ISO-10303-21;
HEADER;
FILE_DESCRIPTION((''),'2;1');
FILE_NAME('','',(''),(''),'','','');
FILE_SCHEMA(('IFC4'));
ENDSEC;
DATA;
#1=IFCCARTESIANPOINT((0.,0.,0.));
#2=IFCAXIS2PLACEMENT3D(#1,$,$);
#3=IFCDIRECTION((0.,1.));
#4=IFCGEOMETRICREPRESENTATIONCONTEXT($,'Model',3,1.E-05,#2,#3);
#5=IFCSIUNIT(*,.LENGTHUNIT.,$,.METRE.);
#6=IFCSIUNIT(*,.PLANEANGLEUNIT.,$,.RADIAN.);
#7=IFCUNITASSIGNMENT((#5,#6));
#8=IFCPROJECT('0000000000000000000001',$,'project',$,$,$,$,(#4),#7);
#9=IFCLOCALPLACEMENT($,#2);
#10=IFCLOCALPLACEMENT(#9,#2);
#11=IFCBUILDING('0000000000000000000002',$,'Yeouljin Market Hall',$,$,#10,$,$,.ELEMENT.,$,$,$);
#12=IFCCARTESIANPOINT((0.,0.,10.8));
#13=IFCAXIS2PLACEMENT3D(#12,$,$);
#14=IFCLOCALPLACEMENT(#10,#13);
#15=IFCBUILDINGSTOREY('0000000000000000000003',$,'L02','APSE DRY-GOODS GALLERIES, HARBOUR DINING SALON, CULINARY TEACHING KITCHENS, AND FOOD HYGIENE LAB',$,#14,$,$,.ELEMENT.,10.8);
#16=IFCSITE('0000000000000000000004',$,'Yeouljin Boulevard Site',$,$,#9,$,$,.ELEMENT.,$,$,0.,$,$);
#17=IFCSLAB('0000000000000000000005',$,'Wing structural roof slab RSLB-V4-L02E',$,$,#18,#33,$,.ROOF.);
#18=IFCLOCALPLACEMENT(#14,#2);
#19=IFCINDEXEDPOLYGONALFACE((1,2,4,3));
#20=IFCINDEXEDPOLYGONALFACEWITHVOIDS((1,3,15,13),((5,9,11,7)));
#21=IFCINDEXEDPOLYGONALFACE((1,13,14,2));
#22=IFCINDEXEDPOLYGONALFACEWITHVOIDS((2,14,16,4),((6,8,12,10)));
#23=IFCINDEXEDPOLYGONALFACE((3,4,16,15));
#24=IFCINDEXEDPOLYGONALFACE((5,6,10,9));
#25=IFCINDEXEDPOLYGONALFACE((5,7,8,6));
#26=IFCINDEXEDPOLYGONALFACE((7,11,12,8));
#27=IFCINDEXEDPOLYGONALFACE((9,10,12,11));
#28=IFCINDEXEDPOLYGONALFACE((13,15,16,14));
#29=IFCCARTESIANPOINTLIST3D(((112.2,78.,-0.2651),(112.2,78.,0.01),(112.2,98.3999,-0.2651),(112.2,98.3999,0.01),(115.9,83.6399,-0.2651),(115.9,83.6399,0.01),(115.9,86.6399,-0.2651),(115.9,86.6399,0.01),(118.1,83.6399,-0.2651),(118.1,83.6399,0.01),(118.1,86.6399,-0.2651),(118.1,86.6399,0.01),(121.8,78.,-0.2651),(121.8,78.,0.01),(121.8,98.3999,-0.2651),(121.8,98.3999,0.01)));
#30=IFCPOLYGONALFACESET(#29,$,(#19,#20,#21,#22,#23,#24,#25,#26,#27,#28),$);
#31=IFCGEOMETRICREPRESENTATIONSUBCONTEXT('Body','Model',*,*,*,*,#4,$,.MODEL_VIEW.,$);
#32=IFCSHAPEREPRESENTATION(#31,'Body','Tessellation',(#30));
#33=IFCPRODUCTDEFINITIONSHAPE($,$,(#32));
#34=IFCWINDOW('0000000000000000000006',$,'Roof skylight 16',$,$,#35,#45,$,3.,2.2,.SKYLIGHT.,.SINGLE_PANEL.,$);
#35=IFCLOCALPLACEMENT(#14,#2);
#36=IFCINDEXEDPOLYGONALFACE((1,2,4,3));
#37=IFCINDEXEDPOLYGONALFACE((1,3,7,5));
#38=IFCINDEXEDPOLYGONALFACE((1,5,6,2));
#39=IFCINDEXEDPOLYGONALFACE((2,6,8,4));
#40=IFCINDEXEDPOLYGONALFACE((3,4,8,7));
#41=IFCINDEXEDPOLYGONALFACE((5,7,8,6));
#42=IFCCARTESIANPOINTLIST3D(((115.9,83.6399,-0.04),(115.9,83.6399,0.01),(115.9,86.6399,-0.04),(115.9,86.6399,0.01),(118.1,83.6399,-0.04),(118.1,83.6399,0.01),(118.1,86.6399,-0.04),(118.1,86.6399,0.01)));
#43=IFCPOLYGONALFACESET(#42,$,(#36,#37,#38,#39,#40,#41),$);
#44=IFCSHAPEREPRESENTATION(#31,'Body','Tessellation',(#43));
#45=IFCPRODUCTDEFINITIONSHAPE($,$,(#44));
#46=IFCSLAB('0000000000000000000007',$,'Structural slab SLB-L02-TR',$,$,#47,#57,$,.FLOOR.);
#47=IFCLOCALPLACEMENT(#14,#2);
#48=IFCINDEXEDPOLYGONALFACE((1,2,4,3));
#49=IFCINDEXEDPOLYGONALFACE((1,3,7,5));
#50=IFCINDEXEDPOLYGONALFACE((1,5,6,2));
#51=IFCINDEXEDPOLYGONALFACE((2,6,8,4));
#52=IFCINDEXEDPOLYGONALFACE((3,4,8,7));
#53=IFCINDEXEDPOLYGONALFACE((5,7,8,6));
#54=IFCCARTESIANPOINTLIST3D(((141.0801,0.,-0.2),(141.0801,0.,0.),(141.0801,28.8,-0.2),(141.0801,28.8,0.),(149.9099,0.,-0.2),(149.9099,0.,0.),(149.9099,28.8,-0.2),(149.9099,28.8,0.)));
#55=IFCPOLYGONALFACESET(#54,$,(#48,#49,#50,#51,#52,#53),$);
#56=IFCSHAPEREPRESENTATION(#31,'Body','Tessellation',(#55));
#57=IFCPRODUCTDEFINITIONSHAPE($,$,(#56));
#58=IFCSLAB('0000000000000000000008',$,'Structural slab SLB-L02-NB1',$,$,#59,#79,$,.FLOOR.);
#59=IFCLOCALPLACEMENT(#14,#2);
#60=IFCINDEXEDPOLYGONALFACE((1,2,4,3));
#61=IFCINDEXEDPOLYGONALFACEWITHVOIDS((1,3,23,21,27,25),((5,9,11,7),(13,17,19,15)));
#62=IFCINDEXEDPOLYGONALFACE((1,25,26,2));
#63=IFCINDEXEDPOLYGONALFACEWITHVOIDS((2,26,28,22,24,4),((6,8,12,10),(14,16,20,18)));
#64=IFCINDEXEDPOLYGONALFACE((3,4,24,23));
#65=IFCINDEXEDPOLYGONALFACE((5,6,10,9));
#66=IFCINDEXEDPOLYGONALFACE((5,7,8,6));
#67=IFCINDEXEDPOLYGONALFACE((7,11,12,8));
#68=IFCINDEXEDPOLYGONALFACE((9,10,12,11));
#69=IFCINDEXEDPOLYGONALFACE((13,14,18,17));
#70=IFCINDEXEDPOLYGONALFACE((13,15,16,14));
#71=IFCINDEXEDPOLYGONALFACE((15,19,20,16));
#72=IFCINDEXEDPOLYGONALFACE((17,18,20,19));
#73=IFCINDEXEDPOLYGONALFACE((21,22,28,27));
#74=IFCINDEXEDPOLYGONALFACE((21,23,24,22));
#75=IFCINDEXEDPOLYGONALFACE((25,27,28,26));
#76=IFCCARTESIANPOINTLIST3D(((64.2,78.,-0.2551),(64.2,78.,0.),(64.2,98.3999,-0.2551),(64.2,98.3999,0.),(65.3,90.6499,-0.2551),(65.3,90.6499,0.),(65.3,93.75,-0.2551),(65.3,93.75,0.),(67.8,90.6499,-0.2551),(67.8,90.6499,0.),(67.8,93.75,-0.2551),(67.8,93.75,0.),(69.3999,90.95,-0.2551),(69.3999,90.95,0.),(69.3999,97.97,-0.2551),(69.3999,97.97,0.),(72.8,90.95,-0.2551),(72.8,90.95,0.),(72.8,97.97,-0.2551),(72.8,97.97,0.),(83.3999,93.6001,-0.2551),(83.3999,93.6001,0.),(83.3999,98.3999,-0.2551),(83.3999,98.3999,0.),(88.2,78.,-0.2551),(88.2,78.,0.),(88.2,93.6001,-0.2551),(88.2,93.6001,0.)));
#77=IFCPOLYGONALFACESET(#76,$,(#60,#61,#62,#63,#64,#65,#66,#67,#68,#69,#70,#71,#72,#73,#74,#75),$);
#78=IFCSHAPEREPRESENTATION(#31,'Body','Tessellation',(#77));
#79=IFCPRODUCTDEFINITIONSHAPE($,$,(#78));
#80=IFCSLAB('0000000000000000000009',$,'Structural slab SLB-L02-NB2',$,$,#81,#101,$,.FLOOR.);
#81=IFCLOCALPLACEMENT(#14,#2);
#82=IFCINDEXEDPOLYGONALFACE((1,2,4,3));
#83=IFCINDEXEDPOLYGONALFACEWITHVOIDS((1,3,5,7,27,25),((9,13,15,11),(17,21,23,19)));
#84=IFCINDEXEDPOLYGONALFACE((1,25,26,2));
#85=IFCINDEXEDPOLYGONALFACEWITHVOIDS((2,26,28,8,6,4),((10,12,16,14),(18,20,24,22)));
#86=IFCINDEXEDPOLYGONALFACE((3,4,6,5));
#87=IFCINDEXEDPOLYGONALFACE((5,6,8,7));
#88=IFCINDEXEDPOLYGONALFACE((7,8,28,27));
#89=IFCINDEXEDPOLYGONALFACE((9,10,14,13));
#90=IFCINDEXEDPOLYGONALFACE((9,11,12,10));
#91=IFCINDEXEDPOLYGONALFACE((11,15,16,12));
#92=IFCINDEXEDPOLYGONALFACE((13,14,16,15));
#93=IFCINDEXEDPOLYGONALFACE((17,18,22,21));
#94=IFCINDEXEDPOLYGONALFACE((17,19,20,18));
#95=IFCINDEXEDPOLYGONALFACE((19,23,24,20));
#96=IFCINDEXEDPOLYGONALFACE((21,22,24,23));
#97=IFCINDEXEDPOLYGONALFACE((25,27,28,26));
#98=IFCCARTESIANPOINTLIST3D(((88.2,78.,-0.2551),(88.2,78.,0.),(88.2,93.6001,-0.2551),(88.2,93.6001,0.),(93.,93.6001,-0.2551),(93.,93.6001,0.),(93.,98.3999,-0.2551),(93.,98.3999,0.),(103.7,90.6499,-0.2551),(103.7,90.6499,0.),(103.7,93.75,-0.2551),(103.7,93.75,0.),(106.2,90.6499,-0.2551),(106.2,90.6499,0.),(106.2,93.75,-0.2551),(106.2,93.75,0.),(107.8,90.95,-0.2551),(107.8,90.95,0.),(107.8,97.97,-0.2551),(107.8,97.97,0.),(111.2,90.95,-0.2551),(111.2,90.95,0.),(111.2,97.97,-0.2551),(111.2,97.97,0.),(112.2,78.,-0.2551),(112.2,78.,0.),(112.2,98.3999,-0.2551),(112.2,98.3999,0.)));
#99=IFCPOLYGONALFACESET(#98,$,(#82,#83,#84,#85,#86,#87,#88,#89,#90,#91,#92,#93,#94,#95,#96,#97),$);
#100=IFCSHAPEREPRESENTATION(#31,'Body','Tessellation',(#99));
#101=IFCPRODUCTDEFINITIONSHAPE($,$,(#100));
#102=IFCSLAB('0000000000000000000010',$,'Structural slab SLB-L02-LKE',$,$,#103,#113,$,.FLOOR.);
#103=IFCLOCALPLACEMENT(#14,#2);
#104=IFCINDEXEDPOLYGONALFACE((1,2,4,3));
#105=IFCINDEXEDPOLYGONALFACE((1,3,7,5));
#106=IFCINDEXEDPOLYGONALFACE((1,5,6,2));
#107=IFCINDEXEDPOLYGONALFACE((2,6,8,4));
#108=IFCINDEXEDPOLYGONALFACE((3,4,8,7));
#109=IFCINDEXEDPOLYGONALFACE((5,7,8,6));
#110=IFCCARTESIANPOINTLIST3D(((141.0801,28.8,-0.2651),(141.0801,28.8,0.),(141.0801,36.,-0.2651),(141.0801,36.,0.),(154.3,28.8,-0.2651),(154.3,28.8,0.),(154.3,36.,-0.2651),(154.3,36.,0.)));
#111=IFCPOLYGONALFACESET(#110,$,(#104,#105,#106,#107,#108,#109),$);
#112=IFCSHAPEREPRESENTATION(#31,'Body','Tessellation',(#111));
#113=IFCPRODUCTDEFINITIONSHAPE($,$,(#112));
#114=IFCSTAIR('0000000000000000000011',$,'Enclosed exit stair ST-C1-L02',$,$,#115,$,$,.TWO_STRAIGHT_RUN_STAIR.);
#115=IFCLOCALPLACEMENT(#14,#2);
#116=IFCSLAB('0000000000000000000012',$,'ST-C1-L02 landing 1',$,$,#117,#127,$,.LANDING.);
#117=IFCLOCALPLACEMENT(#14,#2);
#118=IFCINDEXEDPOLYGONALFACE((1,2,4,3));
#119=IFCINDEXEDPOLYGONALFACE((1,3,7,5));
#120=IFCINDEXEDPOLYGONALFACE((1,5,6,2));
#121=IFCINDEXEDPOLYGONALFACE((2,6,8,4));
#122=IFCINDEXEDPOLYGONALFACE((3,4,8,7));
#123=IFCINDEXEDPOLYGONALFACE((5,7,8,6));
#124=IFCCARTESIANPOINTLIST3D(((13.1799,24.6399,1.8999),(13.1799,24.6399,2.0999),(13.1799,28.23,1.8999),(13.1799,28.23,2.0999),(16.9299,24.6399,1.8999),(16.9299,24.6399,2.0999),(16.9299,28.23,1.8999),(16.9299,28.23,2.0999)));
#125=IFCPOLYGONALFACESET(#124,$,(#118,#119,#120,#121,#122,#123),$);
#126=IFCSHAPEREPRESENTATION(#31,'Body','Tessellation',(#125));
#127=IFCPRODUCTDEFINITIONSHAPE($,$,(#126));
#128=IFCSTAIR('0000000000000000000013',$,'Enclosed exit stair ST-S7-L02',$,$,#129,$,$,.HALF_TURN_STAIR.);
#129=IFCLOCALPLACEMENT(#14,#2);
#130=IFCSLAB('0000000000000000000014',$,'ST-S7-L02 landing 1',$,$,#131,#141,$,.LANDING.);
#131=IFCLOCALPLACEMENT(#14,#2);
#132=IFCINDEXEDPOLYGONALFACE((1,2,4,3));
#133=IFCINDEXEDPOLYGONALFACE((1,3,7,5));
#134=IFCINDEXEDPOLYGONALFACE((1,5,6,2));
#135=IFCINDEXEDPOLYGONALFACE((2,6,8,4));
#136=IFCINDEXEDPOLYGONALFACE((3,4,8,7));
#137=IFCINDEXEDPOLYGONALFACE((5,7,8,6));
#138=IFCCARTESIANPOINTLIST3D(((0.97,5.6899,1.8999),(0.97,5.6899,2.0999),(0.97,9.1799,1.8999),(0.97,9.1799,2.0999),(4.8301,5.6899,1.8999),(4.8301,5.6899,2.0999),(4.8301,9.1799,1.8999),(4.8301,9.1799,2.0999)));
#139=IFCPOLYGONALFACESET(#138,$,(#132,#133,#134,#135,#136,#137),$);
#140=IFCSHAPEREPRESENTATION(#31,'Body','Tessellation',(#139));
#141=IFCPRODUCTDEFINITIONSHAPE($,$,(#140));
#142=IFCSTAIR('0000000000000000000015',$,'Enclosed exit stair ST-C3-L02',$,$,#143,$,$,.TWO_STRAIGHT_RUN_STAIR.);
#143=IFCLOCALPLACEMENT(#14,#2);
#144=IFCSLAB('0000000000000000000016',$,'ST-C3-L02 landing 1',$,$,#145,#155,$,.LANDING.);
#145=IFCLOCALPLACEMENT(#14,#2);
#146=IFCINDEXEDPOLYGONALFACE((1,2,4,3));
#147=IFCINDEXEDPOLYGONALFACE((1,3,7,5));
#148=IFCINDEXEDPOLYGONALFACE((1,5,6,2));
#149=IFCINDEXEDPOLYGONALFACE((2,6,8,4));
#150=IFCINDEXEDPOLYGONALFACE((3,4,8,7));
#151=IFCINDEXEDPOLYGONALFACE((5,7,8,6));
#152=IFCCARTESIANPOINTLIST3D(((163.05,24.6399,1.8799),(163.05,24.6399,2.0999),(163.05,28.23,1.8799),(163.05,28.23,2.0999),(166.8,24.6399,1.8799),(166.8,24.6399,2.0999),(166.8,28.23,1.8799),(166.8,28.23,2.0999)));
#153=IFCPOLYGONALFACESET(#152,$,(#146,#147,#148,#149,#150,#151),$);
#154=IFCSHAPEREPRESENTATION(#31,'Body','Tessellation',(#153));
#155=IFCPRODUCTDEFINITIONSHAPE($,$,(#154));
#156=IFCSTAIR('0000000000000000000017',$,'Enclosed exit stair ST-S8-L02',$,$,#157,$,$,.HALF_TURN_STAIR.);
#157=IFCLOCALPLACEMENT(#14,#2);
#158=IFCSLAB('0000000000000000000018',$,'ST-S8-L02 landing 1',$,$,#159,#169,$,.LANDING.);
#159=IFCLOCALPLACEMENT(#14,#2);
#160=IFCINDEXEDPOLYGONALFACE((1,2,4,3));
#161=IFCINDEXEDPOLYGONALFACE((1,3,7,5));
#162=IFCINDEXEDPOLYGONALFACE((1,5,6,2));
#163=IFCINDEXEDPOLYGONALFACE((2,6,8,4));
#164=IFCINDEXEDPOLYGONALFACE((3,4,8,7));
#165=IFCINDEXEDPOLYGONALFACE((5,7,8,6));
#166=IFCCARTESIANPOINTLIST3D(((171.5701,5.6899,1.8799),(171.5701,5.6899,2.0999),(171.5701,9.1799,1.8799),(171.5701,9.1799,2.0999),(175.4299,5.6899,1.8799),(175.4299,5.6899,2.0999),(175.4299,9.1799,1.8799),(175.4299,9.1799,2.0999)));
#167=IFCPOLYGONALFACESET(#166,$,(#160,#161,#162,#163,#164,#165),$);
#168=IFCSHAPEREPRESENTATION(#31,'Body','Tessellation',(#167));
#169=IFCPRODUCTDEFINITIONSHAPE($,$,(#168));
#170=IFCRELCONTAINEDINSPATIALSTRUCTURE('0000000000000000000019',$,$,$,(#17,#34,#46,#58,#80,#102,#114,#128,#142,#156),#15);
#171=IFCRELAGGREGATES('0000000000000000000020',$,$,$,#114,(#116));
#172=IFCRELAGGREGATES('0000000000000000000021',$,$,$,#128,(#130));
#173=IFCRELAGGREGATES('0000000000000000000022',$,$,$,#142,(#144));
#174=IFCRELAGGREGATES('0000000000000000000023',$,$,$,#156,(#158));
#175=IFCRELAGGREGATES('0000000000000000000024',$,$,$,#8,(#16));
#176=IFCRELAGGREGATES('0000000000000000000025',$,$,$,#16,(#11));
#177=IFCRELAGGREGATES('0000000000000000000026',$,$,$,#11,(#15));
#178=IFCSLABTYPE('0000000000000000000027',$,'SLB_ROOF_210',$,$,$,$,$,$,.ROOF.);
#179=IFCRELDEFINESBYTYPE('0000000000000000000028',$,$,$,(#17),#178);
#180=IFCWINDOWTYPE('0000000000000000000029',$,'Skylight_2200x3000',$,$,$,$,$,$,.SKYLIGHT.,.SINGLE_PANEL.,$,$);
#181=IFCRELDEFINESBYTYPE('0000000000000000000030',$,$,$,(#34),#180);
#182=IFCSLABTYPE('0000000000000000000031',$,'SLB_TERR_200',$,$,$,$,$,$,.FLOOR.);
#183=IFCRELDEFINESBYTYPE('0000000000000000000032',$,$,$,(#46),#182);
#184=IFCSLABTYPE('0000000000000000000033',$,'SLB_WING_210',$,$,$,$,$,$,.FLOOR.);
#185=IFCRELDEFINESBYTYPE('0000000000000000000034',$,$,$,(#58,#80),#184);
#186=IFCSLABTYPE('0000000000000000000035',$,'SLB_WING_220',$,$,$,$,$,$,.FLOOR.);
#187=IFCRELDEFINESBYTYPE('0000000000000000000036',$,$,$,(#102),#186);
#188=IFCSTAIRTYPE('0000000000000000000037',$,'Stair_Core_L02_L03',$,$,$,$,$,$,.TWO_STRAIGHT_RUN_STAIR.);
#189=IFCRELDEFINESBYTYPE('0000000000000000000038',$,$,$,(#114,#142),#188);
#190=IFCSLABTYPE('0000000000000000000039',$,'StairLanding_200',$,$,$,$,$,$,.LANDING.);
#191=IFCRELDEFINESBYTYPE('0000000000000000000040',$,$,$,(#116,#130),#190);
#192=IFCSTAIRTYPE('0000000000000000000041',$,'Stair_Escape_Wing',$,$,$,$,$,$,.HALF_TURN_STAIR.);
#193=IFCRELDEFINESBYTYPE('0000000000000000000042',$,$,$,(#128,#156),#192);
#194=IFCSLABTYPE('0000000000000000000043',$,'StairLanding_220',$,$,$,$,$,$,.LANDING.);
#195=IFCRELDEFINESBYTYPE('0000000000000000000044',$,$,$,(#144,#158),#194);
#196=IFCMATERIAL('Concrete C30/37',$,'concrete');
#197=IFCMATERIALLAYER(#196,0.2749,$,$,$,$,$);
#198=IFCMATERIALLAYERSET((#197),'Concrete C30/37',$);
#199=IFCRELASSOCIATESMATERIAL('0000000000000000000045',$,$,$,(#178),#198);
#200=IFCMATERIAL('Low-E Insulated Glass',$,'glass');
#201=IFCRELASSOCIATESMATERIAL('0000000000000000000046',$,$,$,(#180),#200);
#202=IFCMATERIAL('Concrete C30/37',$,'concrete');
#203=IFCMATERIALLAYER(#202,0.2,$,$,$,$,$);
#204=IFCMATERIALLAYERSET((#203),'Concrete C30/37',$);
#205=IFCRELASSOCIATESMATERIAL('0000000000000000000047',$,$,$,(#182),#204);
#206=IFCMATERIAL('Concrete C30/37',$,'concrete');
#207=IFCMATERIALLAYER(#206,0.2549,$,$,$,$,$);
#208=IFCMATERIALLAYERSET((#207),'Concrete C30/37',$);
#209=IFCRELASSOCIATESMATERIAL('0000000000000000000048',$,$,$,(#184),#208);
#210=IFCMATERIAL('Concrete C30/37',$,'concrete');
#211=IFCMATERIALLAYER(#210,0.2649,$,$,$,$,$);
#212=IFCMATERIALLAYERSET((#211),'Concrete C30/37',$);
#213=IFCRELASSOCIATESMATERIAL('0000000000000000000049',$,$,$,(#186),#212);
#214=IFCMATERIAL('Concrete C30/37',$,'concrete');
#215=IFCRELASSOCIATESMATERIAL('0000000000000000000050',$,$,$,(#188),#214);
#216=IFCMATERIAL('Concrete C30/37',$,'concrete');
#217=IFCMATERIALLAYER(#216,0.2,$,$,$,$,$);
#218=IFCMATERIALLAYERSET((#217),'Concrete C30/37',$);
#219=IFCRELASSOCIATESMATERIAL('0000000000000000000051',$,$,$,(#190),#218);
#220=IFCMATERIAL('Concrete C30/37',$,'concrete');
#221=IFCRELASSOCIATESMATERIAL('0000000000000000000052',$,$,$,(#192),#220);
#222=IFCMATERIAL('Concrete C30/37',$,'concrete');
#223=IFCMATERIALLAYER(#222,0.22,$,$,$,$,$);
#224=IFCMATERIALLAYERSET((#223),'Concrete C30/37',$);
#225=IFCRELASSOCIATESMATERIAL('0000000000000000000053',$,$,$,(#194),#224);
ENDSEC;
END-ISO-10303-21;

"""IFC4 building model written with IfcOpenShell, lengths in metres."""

from ifc_helpers import new_model, si_unit, direction, frame, origin, origin_2d, place, context, subcontext, project, spatial, polyline, rectangle, outline, extrude, material, layer, layer_set, type_object, element, fill, aggregate, save


model = new_model("IFC4")

# Units and contexts
model_context = context("Model", 3, precision=1e-05, world=origin(), true_north=direction((0.0, 1.0)))
body_context = subcontext(model_context, "Body", "Model", "MODEL_VIEW")
ifc_project = project(units=[si_unit("LENGTHUNIT", "METRE"), si_unit("PLANEANGLEUNIT", "RADIAN")], contexts=[model_context])

# Site, building, storey
site_placement = place(None, origin())
site = spatial("IfcSite", under=ifc_project, at=site_placement, Name="Yeouljin Boulevard Site", CompositionType="ELEMENT", RefElevation=0.0)
building_placement = place(site_placement, origin())
building = spatial("IfcBuilding", under=site, at=building_placement, Name="Yeouljin Market Hall", CompositionType="ELEMENT")
storey_placement = place(building_placement, frame((0.0, 0.0, 10.8)))
storey = spatial("IfcBuildingStorey", under=building, at=storey_placement, Name="L02", Description="APSE DRY-GOODS GALLERIES, HARBOUR DINING SALON, CULINARY TEACHING KITCHENS, AND FOOD HYGIENE LAB", CompositionType="ELEMENT", Elevation=10.8)

# Slab, opening, window
ifc_material_1 = material(Name="Concrete C30/37", Category="concrete")
ifc_layer_1 = layer(ifc_material_1, 0.2749)
ifc_layer_set_1 = layer_set([ifc_layer_1], Name="Concrete C30/37")
slab_type_1 = type_object("IfcSlabType", Name="SLB_ROOF_210", PredefinedType="ROOF", material=ifc_layer_set_1)
slab_1_placement = place(storey_placement, frame((0.0, 0.0, -0.2651)))
slab_1 = element("IfcSlab", 1, at=slab_1_placement, inside=storey, type_object=slab_type_1, Name="Wing structural roof slab RSLB-V4-L02E", PredefinedType="ROOF", context=body_context, shape_type="SweptSolid", body=[
    extrude(outline(polyline([(112.2, 78.0), (121.8, 78.0), (121.8, 98.3999), (112.2, 98.3999), (112.2, 78.0)])), origin(), (0.0, 0.0, 1.0), 0.2751),
])
opening_1_placement = place(slab_1_placement, frame((117.0, 85.1399, 0.0)))
opening_1 = element("IfcOpeningElement", 2, at=opening_1_placement, cuts=slab_1, PredefinedType="OPENING", context=body_context, shape_type="SweptSolid", body=[
    extrude(rectangle(XDim=2.2, YDim=3.0, at=origin_2d()), origin(), (0.0, 0.0, 1.0), 0.2751),
])
ifc_material_2 = material(Name="Low-E Insulated Glass", Category="glass")
window_type_1 = type_object("IfcWindowType", Name="Skylight_2200x3000", PartitioningType="SINGLE_PANEL", PredefinedType="SKYLIGHT", material=ifc_material_2)
window_1_placement = place(opening_1_placement, frame((0.0, 0.0, 0.2251)))
window_1 = element("IfcWindow", 3, at=window_1_placement, inside=storey, type_object=window_type_1, Name="Roof skylight 16", OverallHeight=3.0, OverallWidth=2.2, PartitioningType="SINGLE_PANEL", PredefinedType="SKYLIGHT", context=body_context, shape_type="SweptSolid", body=[
    extrude(rectangle(XDim=2.2, YDim=3.0, at=origin_2d()), origin(), (0.0, 0.0, 1.0), 0.05),
])
fill(opening_1, window_1)

# Slabs
ifc_material_3 = material(Name="Concrete C30/37", Category="concrete")
ifc_layer_2 = layer(ifc_material_3, 0.2)
ifc_layer_set_2 = layer_set([ifc_layer_2], Name="Concrete C30/37")
slab_type_2 = type_object("IfcSlabType", Name="SLB_TERR_200", PredefinedType="FLOOR", material=ifc_layer_set_2)
slab_2_placement = place(storey_placement, frame((0.0, 0.0, -0.2)))
element("IfcSlab", 4, at=slab_2_placement, inside=storey, type_object=slab_type_2, Name="Structural slab SLB-L02-TR", PredefinedType="FLOOR", context=body_context, shape_type="SweptSolid", body=[
    extrude(outline(polyline([(141.0801, 0.0), (149.9099, 0.0), (149.9099, 28.8), (141.0801, 28.8), (141.0801, 0.0)])), origin(), (0.0, 0.0, 1.0), 0.2),
])
ifc_material_4 = material(Name="Concrete C30/37", Category="concrete")
ifc_layer_3 = layer(ifc_material_4, 0.2549)
ifc_layer_set_3 = layer_set([ifc_layer_3], Name="Concrete C30/37")
slab_type_3 = type_object("IfcSlabType", Name="SLB_WING_210", PredefinedType="FLOOR", material=ifc_layer_set_3)
slab_3_placement = place(storey_placement, frame((0.0, 0.0, -0.2551)))
element("IfcSlab", 5, at=slab_3_placement, inside=storey, type_object=slab_type_3, Name="Structural slab SLB-L02-NB1", PredefinedType="FLOOR", context=body_context, shape_type="SweptSolid", body=[
    extrude(outline(polyline([(64.2, 78.0), (88.2, 78.0), (88.2, 93.6001), (83.3999, 93.6001), (83.3999, 98.3999), (64.2, 98.3999), (64.2, 78.0)]), holes=[polyline([(69.3999, 90.95), (72.8, 90.95), (72.8, 97.97), (69.3999, 97.97), (69.3999, 90.95)]), polyline([(65.3, 90.6499), (67.8, 90.6499), (67.8, 93.75), (65.3, 93.75), (65.3, 90.6499)])]), origin(), (0.0, 0.0, 1.0), 0.2551),
])
slab_4_placement = place(storey_placement, frame((0.0, 0.0, -0.2551)))
element("IfcSlab", 6, at=slab_4_placement, inside=storey, type_object=slab_type_3, Name="Structural slab SLB-L02-NB2", PredefinedType="FLOOR", context=body_context, shape_type="SweptSolid", body=[
    extrude(outline(polyline([(88.2, 78.0), (112.2, 78.0), (112.2, 98.3999), (93.0, 98.3999), (93.0, 93.6001), (88.2, 93.6001), (88.2, 78.0)]), holes=[polyline([(107.8, 90.95), (111.2, 90.95), (111.2, 97.97), (107.8, 97.97), (107.8, 90.95)]), polyline([(103.7, 90.6499), (106.2, 90.6499), (106.2, 93.75), (103.7, 93.75), (103.7, 90.6499)])]), origin(), (0.0, 0.0, 1.0), 0.2551),
])
ifc_material_5 = material(Name="Concrete C30/37", Category="concrete")
ifc_layer_4 = layer(ifc_material_5, 0.2649)
ifc_layer_set_4 = layer_set([ifc_layer_4], Name="Concrete C30/37")
slab_type_4 = type_object("IfcSlabType", Name="SLB_WING_220", PredefinedType="FLOOR", material=ifc_layer_set_4)
slab_5_placement = place(storey_placement, frame((0.0, 0.0, -0.2651)))
element("IfcSlab", 7, at=slab_5_placement, inside=storey, type_object=slab_type_4, Name="Structural slab SLB-L02-LKE", PredefinedType="FLOOR", context=body_context, shape_type="SweptSolid", body=[
    extrude(outline(polyline([(141.0801, 28.8), (154.3, 28.8), (154.3, 36.0), (141.0801, 36.0), (141.0801, 28.8)])), origin(), (0.0, 0.0, 1.0), 0.2651),
])

# Stairs, slabs
ifc_material_6 = material(Name="Concrete C30/37", Category="concrete")
stair_type_1 = type_object("IfcStairType", Name="Stair_Core_L02_L03", PredefinedType="TWO_STRAIGHT_RUN_STAIR", material=ifc_material_6)
stair_1_placement = place(storey_placement, origin())
stair_1 = element("IfcStair", 8, at=stair_1_placement, inside=storey, type_object=stair_type_1, Name="Enclosed exit stair ST-C1-L02", PredefinedType="TWO_STRAIGHT_RUN_STAIR")
ifc_material_7 = material(Name="Concrete C30/37", Category="concrete")
ifc_layer_5 = layer(ifc_material_7, 0.2)
ifc_layer_set_5 = layer_set([ifc_layer_5], Name="Concrete C30/37")
slab_type_5 = type_object("IfcSlabType", Name="StairLanding_200", PredefinedType="LANDING", material=ifc_layer_set_5)
slab_6_placement = place(storey_placement, frame((0.0, 0.0, 1.8999)))
slab_6 = element("IfcSlab", 9, at=slab_6_placement, type_object=slab_type_5, Name="ST-C1-L02 landing 1", PredefinedType="LANDING", context=body_context, shape_type="SweptSolid", body=[
    extrude(outline(polyline([(13.1799, 24.6399), (16.9299, 24.6399), (16.9299, 28.23), (13.1799, 28.23), (13.1799, 24.6399)])), origin(), (0.0, 0.0, 1.0), 0.2),
])
aggregate(stair_1, [slab_6])
ifc_material_8 = material(Name="Concrete C30/37", Category="concrete")
stair_type_2 = type_object("IfcStairType", Name="Stair_Escape_Wing", PredefinedType="HALF_TURN_STAIR", material=ifc_material_8)
stair_2_placement = place(storey_placement, origin())
stair_2 = element("IfcStair", 10, at=stair_2_placement, inside=storey, type_object=stair_type_2, Name="Enclosed exit stair ST-S7-L02", PredefinedType="HALF_TURN_STAIR")
slab_7_placement = place(storey_placement, frame((0.0, 0.0, 1.8999)))
slab_7 = element("IfcSlab", 11, at=slab_7_placement, type_object=slab_type_5, Name="ST-S7-L02 landing 1", PredefinedType="LANDING", context=body_context, shape_type="SweptSolid", body=[
    extrude(outline(polyline([(0.97, 5.6899), (4.8301, 5.6899), (4.8301, 9.1799), (0.97, 9.1799), (0.97, 5.6899)])), origin(), (0.0, 0.0, 1.0), 0.2),
])
aggregate(stair_2, [slab_7])
stair_3_placement = place(storey_placement, origin())
stair_3 = element("IfcStair", 12, at=stair_3_placement, inside=storey, type_object=stair_type_1, Name="Enclosed exit stair ST-C3-L02", PredefinedType="TWO_STRAIGHT_RUN_STAIR")
ifc_material_9 = material(Name="Concrete C30/37", Category="concrete")
ifc_layer_6 = layer(ifc_material_9, 0.22)
ifc_layer_set_6 = layer_set([ifc_layer_6], Name="Concrete C30/37")
slab_type_6 = type_object("IfcSlabType", Name="StairLanding_220", PredefinedType="LANDING", material=ifc_layer_set_6)
slab_8_placement = place(storey_placement, frame((0.0, 0.0, 1.8799)))
slab_8 = element("IfcSlab", 13, at=slab_8_placement, type_object=slab_type_6, Name="ST-C3-L02 landing 1", PredefinedType="LANDING", context=body_context, shape_type="SweptSolid", body=[
    extrude(outline(polyline([(163.05, 24.6399), (166.8, 24.6399), (166.8, 28.23), (163.05, 28.23), (163.05, 24.6399)])), origin(), (0.0, 0.0, 1.0), 0.22),
])
aggregate(stair_3, [slab_8])
stair_4_placement = place(storey_placement, origin())
stair_4 = element("IfcStair", 14, at=stair_4_placement, inside=storey, type_object=stair_type_2, Name="Enclosed exit stair ST-S8-L02", PredefinedType="HALF_TURN_STAIR")
slab_9_placement = place(storey_placement, frame((0.0, 0.0, 1.8799)))
slab_9 = element("IfcSlab", 15, at=slab_9_placement, type_object=slab_type_6, Name="ST-S8-L02 landing 1", PredefinedType="LANDING", context=body_context, shape_type="SweptSolid", body=[
    extrude(outline(polyline([(171.5701, 5.6899), (175.4299, 5.6899), (175.4299, 9.1799), (171.5701, 9.1799), (171.5701, 5.6899)])), origin(), (0.0, 0.0, 1.0), 0.22),
])
aggregate(stair_4, [slab_9])

save(model, "model.ifc")
